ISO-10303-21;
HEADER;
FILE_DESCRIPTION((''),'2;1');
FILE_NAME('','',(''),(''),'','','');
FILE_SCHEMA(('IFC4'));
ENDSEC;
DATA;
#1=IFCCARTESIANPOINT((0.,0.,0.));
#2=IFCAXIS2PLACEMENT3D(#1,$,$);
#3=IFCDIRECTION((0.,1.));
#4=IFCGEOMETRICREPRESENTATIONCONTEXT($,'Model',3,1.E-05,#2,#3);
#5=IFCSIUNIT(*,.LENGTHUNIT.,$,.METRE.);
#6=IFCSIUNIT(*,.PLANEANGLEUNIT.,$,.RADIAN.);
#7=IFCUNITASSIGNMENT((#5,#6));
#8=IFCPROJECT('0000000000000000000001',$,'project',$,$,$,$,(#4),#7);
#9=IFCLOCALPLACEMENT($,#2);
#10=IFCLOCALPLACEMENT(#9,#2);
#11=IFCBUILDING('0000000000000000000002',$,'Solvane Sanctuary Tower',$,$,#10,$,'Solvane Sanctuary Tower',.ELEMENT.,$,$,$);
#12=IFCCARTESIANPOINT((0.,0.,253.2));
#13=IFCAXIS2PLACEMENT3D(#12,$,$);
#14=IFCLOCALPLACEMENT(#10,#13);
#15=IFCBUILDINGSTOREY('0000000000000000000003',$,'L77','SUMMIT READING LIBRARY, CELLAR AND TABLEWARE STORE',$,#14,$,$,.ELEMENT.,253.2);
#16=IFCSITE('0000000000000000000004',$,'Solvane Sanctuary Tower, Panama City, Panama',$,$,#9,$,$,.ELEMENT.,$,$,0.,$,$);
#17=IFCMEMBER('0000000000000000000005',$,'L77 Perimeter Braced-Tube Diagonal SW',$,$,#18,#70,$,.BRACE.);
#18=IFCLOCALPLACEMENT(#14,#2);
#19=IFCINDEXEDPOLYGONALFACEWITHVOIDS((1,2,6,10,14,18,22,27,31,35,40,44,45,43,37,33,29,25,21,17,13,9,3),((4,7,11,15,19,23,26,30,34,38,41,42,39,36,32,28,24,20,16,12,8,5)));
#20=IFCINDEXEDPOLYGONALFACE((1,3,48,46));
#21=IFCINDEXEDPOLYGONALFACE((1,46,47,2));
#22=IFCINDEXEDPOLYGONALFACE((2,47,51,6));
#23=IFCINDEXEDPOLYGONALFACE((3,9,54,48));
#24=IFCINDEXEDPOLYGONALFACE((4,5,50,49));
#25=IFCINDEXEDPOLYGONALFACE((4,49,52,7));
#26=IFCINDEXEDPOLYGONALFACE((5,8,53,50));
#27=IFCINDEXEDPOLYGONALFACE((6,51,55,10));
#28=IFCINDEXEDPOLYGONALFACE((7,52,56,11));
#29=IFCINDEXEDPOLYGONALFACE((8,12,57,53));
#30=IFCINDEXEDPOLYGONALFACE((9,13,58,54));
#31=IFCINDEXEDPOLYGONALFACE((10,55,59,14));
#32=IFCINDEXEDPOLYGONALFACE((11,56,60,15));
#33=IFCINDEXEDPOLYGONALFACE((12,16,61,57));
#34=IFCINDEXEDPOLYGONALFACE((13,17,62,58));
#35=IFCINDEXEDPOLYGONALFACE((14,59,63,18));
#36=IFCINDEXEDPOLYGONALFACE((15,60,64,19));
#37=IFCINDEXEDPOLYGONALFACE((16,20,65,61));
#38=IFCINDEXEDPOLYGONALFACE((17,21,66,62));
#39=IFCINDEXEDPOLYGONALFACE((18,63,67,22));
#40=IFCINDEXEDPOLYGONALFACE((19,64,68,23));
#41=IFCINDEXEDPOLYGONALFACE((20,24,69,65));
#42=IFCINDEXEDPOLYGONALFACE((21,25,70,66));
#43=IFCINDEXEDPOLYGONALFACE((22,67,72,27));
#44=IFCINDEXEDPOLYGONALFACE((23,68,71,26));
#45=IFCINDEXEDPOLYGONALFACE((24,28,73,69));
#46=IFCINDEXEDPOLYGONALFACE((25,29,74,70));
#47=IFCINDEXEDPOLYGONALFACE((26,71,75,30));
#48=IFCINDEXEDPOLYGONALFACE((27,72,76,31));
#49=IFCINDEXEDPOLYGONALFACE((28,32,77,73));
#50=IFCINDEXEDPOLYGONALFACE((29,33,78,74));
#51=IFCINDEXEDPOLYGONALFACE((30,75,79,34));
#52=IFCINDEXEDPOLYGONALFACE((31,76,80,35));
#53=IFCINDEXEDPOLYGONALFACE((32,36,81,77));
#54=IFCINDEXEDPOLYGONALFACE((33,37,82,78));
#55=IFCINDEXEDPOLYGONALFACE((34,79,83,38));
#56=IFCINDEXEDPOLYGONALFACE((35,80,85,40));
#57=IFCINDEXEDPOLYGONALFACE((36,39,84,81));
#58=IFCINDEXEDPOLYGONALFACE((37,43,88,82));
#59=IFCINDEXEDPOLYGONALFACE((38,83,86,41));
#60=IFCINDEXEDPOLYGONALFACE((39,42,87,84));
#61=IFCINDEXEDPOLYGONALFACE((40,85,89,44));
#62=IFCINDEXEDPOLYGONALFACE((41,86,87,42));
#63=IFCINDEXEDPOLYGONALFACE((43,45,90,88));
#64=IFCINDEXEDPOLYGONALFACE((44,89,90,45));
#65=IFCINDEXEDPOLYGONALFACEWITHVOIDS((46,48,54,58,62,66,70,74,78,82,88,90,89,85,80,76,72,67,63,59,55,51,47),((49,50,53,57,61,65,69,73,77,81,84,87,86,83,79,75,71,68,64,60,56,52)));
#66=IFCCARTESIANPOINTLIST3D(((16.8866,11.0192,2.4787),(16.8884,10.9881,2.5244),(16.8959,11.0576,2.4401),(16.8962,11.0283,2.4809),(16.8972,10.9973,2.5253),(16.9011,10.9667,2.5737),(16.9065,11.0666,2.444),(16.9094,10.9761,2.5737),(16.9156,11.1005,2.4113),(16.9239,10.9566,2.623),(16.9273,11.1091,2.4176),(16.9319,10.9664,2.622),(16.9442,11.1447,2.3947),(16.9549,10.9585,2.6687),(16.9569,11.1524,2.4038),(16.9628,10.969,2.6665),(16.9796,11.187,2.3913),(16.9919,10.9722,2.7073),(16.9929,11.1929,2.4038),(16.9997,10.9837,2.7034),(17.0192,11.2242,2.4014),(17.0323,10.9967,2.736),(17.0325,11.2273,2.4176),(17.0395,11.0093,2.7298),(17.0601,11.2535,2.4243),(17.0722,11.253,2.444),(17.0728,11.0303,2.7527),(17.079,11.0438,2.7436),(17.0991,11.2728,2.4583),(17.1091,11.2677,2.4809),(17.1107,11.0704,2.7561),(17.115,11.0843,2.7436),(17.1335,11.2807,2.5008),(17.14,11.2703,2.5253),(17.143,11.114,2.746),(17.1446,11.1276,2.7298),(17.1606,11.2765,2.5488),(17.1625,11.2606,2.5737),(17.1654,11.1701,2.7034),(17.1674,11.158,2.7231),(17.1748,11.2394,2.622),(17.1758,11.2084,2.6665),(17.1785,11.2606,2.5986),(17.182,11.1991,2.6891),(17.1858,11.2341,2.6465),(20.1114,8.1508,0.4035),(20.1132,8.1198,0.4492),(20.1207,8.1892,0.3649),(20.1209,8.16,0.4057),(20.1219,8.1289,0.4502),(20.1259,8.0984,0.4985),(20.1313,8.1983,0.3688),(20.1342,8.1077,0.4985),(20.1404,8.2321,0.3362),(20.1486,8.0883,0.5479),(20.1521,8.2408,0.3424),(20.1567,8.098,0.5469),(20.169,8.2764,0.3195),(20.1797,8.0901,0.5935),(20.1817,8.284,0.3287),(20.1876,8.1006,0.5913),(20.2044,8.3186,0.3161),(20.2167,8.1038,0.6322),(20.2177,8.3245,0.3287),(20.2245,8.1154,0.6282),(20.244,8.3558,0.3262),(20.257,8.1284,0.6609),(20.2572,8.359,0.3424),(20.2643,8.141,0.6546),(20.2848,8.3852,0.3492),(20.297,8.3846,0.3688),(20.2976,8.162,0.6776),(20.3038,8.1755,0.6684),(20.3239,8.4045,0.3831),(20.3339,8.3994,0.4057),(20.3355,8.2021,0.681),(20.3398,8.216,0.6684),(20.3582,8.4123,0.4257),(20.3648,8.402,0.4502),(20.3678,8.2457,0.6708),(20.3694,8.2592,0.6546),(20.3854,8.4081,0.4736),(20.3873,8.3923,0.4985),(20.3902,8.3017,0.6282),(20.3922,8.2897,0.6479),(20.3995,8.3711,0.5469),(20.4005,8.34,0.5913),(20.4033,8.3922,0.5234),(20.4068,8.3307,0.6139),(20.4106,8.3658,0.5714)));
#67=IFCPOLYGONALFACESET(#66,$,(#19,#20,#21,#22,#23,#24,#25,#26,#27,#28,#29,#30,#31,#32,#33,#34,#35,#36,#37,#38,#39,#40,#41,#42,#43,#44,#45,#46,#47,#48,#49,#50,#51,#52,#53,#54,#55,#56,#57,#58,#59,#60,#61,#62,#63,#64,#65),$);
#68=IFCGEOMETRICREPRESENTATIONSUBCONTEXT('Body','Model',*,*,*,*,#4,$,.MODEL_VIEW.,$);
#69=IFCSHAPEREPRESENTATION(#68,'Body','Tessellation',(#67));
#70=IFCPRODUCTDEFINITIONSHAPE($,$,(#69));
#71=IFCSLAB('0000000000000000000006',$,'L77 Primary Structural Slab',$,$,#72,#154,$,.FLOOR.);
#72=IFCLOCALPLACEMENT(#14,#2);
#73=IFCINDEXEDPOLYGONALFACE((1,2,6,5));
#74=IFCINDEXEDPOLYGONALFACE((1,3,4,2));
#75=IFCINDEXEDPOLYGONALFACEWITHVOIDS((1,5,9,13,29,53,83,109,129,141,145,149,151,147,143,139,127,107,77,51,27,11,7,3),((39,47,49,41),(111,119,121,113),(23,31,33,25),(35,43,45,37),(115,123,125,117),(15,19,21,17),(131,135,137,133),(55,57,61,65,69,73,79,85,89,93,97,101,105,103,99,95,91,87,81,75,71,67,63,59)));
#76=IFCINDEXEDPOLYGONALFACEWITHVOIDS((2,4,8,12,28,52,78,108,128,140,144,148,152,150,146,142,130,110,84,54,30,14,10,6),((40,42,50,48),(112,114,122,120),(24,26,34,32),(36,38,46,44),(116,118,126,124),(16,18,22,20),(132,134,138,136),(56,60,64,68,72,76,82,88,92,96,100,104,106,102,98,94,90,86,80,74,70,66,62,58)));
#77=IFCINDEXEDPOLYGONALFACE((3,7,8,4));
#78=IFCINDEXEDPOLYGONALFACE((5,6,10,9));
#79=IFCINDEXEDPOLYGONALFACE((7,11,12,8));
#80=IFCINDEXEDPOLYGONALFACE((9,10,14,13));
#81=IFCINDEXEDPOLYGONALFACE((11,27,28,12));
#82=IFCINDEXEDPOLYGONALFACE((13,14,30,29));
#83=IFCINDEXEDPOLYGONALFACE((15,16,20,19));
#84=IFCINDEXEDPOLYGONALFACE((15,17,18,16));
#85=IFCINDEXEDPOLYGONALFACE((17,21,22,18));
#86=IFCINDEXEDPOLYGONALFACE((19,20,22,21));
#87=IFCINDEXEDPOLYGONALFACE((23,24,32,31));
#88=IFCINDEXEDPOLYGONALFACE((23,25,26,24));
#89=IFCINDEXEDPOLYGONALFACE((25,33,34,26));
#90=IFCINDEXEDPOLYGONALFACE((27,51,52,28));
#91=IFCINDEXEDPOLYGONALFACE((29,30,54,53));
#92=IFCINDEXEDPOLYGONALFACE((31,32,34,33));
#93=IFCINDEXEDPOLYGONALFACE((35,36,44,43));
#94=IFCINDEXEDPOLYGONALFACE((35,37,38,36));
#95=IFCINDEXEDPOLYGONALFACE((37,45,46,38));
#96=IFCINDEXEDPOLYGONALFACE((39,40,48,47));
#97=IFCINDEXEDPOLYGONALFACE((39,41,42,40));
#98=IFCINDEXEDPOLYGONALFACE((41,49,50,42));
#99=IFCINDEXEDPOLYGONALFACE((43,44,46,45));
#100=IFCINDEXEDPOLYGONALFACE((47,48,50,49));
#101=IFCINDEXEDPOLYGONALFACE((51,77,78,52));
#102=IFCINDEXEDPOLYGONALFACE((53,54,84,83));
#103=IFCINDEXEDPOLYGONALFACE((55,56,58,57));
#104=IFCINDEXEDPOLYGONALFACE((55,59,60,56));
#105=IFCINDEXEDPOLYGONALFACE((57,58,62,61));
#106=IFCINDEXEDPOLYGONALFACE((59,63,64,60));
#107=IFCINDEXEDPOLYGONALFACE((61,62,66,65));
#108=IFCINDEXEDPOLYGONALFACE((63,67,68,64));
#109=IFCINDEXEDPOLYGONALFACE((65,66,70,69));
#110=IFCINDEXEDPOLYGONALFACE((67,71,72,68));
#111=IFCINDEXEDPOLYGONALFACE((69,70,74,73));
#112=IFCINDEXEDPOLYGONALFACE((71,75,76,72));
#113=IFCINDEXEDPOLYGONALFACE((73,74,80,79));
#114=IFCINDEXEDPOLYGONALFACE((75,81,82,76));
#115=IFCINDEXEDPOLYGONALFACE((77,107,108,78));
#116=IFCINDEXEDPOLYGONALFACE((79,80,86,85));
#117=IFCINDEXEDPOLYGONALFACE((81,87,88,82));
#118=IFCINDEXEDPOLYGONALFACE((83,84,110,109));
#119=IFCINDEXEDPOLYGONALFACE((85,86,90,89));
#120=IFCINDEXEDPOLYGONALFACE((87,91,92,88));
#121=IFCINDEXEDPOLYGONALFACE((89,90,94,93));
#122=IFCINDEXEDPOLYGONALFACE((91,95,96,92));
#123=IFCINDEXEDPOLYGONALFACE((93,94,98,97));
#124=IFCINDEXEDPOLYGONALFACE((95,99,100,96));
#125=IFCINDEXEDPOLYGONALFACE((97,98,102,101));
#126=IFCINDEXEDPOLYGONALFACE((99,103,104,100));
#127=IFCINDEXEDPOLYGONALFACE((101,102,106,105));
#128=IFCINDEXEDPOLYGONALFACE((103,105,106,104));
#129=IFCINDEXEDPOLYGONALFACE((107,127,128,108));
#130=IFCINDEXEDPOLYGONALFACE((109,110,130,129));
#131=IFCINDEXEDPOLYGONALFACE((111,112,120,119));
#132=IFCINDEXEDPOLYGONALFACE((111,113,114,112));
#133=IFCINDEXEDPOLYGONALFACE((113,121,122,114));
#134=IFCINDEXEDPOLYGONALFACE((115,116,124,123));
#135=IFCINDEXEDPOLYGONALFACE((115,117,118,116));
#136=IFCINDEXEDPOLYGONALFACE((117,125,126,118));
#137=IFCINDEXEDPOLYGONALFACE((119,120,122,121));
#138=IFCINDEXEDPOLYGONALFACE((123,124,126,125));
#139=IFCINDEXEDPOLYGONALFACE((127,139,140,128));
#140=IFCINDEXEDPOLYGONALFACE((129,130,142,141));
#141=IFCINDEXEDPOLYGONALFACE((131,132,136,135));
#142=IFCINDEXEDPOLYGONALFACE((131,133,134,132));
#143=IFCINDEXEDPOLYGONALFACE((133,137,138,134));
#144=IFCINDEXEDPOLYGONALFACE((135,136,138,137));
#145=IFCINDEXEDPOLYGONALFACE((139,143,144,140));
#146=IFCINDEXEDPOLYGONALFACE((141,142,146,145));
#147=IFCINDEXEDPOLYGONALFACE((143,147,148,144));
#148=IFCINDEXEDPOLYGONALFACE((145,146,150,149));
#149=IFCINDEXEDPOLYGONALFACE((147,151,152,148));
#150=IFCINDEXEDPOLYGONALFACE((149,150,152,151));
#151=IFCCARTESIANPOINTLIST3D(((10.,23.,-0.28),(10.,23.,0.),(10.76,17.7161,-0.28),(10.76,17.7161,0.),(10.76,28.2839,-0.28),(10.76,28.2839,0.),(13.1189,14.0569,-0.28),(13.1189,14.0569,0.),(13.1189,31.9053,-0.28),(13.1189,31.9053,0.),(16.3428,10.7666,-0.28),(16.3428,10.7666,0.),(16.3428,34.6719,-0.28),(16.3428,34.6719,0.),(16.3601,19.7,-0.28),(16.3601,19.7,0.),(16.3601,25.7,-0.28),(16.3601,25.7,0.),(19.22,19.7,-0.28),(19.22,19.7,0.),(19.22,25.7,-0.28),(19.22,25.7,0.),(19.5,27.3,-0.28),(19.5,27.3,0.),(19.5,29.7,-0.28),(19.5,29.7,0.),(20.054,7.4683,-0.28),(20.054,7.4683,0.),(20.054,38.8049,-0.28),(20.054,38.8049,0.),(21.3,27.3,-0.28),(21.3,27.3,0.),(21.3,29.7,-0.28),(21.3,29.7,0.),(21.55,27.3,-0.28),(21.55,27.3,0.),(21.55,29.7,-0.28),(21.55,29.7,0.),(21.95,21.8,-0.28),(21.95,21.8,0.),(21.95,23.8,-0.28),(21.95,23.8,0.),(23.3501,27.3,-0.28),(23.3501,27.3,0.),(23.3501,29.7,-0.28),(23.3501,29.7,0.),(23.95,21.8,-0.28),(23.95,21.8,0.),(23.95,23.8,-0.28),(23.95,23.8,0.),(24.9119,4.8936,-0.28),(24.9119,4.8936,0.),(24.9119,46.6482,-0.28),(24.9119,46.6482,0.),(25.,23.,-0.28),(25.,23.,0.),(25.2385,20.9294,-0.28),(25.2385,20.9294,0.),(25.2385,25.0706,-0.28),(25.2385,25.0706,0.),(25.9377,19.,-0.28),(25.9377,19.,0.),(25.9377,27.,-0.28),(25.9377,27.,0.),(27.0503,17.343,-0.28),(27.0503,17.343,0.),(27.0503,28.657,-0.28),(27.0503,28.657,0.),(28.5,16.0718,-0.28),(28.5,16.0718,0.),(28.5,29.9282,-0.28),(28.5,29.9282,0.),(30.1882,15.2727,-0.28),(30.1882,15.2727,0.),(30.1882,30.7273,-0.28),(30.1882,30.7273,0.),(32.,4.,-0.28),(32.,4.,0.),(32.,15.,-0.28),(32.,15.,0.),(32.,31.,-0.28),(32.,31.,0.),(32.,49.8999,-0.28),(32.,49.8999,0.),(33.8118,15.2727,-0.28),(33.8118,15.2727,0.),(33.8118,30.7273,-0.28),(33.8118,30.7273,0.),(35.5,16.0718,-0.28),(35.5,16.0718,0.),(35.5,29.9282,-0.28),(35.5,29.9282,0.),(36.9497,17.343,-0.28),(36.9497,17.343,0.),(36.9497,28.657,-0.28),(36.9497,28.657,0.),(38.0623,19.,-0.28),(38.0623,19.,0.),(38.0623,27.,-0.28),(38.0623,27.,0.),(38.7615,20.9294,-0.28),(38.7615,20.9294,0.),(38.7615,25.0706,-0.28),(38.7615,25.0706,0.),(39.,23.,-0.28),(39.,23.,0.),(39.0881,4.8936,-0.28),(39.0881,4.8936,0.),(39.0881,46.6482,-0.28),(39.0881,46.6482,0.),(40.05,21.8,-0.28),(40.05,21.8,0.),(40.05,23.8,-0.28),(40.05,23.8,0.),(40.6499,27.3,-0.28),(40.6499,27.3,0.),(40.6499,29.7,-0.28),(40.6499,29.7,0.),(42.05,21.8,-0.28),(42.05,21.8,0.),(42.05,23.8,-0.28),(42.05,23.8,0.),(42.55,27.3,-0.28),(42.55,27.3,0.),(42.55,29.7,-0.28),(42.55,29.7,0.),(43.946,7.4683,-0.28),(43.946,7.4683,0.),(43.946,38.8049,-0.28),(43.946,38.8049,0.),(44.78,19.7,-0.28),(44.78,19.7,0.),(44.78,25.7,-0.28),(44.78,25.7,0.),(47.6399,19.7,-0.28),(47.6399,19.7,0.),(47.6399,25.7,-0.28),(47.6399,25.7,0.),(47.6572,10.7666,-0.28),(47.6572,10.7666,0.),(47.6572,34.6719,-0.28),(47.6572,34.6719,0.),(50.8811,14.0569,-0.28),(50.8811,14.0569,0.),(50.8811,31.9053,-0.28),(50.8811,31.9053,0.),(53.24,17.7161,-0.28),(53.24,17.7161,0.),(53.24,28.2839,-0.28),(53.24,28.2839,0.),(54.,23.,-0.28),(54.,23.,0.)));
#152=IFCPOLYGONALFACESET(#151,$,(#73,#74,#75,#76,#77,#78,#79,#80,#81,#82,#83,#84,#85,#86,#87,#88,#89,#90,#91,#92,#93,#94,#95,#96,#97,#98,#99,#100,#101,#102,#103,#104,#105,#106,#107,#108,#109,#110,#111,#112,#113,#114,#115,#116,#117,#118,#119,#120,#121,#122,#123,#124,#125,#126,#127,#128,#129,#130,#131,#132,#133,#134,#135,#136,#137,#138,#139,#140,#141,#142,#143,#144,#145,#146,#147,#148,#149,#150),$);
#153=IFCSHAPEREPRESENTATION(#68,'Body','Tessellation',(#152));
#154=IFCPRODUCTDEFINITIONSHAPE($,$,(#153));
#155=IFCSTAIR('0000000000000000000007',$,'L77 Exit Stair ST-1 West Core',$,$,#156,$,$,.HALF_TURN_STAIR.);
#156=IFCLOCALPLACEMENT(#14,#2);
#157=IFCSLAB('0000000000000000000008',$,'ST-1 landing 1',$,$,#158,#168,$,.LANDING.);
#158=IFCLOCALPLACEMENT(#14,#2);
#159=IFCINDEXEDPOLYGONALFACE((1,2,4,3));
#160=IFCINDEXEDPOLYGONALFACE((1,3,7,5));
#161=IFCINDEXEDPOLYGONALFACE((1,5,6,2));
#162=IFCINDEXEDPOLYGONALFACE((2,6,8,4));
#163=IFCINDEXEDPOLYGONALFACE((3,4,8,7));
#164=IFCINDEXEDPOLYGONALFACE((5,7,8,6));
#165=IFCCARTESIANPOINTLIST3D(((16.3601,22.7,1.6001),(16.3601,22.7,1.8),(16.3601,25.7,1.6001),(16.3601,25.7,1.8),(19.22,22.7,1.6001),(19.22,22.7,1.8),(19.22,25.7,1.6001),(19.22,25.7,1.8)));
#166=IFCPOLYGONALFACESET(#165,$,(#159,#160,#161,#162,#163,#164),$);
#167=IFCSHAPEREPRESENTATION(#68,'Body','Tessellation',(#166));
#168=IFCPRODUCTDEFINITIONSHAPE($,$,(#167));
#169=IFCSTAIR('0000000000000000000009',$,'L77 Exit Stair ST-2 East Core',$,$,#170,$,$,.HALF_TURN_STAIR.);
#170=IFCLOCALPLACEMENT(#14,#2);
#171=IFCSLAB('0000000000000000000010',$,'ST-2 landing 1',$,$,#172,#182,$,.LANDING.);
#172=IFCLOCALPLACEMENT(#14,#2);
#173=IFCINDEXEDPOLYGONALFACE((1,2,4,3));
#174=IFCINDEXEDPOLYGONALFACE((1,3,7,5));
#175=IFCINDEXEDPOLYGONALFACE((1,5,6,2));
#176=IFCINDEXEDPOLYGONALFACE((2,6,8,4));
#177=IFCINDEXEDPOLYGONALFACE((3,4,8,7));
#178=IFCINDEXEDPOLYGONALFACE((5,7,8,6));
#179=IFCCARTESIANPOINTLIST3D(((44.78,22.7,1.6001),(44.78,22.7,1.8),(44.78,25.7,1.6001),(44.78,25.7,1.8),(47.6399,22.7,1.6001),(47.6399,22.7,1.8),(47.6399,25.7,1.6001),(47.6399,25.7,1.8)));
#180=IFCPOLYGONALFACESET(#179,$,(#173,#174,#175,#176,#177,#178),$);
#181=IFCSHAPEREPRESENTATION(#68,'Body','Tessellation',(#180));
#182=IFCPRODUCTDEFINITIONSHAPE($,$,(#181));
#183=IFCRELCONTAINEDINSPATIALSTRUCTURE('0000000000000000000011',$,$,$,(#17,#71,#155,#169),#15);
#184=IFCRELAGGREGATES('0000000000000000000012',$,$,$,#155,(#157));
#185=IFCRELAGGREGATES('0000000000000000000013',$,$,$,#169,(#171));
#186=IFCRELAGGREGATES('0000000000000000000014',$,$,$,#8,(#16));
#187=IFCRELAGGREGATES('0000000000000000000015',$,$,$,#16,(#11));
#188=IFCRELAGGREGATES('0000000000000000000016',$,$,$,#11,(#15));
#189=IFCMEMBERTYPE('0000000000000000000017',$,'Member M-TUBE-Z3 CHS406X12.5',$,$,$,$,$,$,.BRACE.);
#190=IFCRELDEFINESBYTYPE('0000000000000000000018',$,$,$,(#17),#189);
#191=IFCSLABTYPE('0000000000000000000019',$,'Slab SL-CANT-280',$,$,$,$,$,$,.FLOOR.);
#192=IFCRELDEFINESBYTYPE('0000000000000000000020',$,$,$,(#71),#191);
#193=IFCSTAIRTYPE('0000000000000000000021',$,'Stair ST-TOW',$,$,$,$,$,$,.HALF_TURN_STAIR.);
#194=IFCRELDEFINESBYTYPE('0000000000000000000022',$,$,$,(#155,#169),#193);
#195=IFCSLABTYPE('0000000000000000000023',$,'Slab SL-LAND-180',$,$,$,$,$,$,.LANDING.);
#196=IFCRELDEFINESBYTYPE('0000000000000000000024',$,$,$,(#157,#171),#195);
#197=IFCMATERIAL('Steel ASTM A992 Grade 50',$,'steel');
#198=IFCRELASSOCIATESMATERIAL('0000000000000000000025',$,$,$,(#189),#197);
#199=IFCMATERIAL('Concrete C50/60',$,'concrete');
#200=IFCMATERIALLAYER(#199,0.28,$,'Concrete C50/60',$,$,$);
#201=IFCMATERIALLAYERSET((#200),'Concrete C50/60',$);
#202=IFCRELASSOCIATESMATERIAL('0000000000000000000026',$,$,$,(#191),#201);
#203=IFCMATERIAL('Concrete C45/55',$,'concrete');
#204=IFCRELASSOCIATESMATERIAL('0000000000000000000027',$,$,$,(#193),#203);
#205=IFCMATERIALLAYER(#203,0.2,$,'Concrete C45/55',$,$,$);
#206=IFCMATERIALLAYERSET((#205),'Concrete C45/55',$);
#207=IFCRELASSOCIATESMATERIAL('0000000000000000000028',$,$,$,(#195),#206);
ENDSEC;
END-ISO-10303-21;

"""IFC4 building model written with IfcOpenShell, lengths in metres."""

from ifc_helpers import new_model, si_unit, direction, frame, origin, origin_2d, place, context, subcontext, project, spatial, polyline, hollow_circle, outline, extrude, material, layer, layer_set, material_profile, profile_set, type_object, element, aggregate, save


model = new_model("IFC4")

# Units and contexts
model_context = context("Model", 3, precision=1e-05, world=origin(), true_north=direction((0.0, 1.0)))
body_context = subcontext(model_context, "Body", "Model", "MODEL_VIEW")
ifc_project = project(units=[si_unit("LENGTHUNIT", "METRE"), si_unit("PLANEANGLEUNIT", "RADIAN")], contexts=[model_context])

# Site, building, storey
site_placement = place(None, origin())
site = spatial("IfcSite", under=ifc_project, at=site_placement, Name="Solvane Sanctuary Tower, Panama City, Panama", CompositionType="ELEMENT", RefElevation=0.0)
building_placement = place(site_placement, origin())
building = spatial("IfcBuilding", under=site, at=building_placement, Name="Solvane Sanctuary Tower", LongName="Solvane Sanctuary Tower", CompositionType="ELEMENT")
storey_placement = place(building_placement, frame((0.0, 0.0, 253.2)))
storey = spatial("IfcBuildingStorey", under=building, at=storey_placement, Name="L77", Description="SUMMIT READING LIBRARY, CELLAR AND TABLEWARE STORE", CompositionType="ELEMENT", Elevation=253.2)

# Shared definitions
ifc_material_1 = material(Name="Steel ASTM A992 Grade 50", Category="steel")

# Member
ifc_material_profile_1 = material_profile(ifc_material_1, hollow_circle(Radius=0.2029, WallThickness=0.0125, at=origin_2d()), Name="CHS406X12.5")
ifc_profile_set_1 = profile_set([ifc_material_profile_1], Name="Steel ASTM A992 Grade 50")
member_type_1 = type_object("IfcMemberType", Name="Member M-TUBE-Z3 CHS406X12.5", PredefinedType="BRACE", material=ifc_profile_set_1)
member_1_placement = place(storey_placement, frame((20.2607, 8.25, 0.4985), z_axis=(-0.673397, 0.598966, 0.433331), x_axis=(-0.664606, -0.747194, 0.0)))
element("IfcMember", 1, at=member_1_placement, inside=storey, type_object=member_type_1, Name="L77 Perimeter Braced-Tube Diagonal SW", PredefinedType="BRACE", context=body_context, shape_type="SweptSolid", body=[
    extrude(hollow_circle(Radius=0.2029, WallThickness=0.0125, at=origin_2d()), origin(), (0.0, 0.0, 1.0), 4.7888),
])

# Slab
ifc_material_2 = material(Name="Concrete C50/60", Category="concrete")
ifc_layer_1 = layer(ifc_material_2, 0.28, Name="Concrete C50/60")
ifc_layer_set_1 = layer_set([ifc_layer_1], Name="Concrete C50/60")
slab_type_1 = type_object("IfcSlabType", Name="Slab SL-CANT-280", PredefinedType="FLOOR", material=ifc_layer_set_1)
slab_1_placement = place(storey_placement, frame((0.0, 0.0, -0.28)))
element("IfcSlab", 2, at=slab_1_placement, inside=storey, type_object=slab_type_1, Name="L77 Primary Structural Slab", PredefinedType="FLOOR", context=body_context, shape_type="SweptSolid", body=[
    extrude(outline(polyline([(54.0, 23.0), (53.24, 28.2839), (50.8811, 31.9053), (47.6572, 34.6719), (43.946, 38.8049), (39.0881, 46.6482), (32.0, 49.8999), (24.9119, 46.6482), (20.054, 38.8049), (16.3428, 34.6719), (13.1189, 31.9053), (10.76, 28.2839), (10.0, 23.0), (10.76, 17.7161), (13.1189, 14.0569), (16.3428, 10.7666), (20.054, 7.4683), (24.9119, 4.8936), (32.0, 4.0), (39.0881, 4.8936), (43.946, 7.4683), (47.6572, 10.7666), (50.8811, 14.0569), (53.24, 17.7161), (54.0, 23.0)]), holes=[polyline([(38.7615, 20.9294), (38.0623, 19.0), (36.9497, 17.343), (35.5, 16.0718), (33.8118, 15.2727), (32.0, 15.0), (30.1882, 15.2727), (28.5, 16.0718), (27.0503, 17.343), (25.9377, 19.0), (25.2385, 20.9294), (25.0, 23.0), (25.2385, 25.0706), (25.9377, 27.0), (27.0503, 28.657), (28.5, 29.9282), (30.1882, 30.7273), (32.0, 31.0), (33.8118, 30.7273), (35.5, 29.9282), (36.9497, 28.657), (38.0623, 27.0), (38.7615, 25.0706), (39.0, 23.0), (38.7615, 20.9294)]), polyline([(16.3601, 19.7), (16.3601, 25.7), (19.22, 25.7), (19.22, 19.7), (16.3601, 19.7)]), polyline([(44.78, 19.7), (44.78, 25.7), (47.6399, 25.7), (47.6399, 19.7), (44.78, 19.7)]), polyline([(21.95, 23.8), (23.95, 23.8), (23.95, 21.8), (21.95, 21.8), (21.95, 23.8)]), polyline([(40.05, 23.8), (42.05, 23.8), (42.05, 21.8), (40.05, 21.8), (40.05, 23.8)]), polyline([(19.5, 29.7), (21.3, 29.7), (21.3, 27.3), (19.5, 27.3), (19.5, 29.7)]), polyline([(21.55, 29.7), (23.3501, 29.7), (23.3501, 27.3), (21.55, 27.3), (21.55, 29.7)]), polyline([(40.6499, 29.7), (42.55, 29.7), (42.55, 27.3), (40.6499, 27.3), (40.6499, 29.7)])]), origin(), (0.0, 0.0, 1.0), 0.28),
])

# Stairs, slabs
ifc_material_3 = material(Name="Concrete C45/55", Category="concrete")
stair_type = type_object("IfcStairType", Name="Stair ST-TOW", PredefinedType="HALF_TURN_STAIR", material=ifc_material_3)
stair_1_placement = place(storey_placement, origin())
stair_1 = element("IfcStair", 3, at=stair_1_placement, inside=storey, type_object=stair_type, Name="L77 Exit Stair ST-1 West Core", PredefinedType="HALF_TURN_STAIR")
ifc_layer_2 = layer(ifc_material_3, 0.2, Name="Concrete C45/55")
ifc_layer_set_2 = layer_set([ifc_layer_2], Name="Concrete C45/55")
slab_type_2 = type_object("IfcSlabType", Name="Slab SL-LAND-180", PredefinedType="LANDING", material=ifc_layer_set_2)
slab_2_placement = place(storey_placement, frame((0.0, 0.0, 1.6001)))
slab_2 = element("IfcSlab", 4, at=slab_2_placement, type_object=slab_type_2, Name="ST-1 landing 1", PredefinedType="LANDING", context=body_context, shape_type="SweptSolid", body=[
    extrude(outline(polyline([(19.22, 22.7), (19.22, 25.7), (16.3601, 25.7), (16.3601, 22.7), (19.22, 22.7)])), origin(), (0.0, 0.0, 1.0), 0.2),
])
aggregate(stair_1, [slab_2])
stair_2_placement = place(storey_placement, origin())
stair_2 = element("IfcStair", 5, at=stair_2_placement, inside=storey, type_object=stair_type, Name="L77 Exit Stair ST-2 East Core", PredefinedType="HALF_TURN_STAIR")
slab_3_placement = place(storey_placement, frame((0.0, 0.0, 1.6001)))
slab_3 = element("IfcSlab", 6, at=slab_3_placement, type_object=slab_type_2, Name="ST-2 landing 1", PredefinedType="LANDING", context=body_context, shape_type="SweptSolid", body=[
    extrude(outline(polyline([(47.6399, 22.7), (47.6399, 25.7), (44.78, 25.7), (44.78, 22.7), (47.6399, 22.7)])), origin(), (0.0, 0.0, 1.0), 0.2),
])
aggregate(stair_2, [slab_3])

save(model, "model.ifc")
